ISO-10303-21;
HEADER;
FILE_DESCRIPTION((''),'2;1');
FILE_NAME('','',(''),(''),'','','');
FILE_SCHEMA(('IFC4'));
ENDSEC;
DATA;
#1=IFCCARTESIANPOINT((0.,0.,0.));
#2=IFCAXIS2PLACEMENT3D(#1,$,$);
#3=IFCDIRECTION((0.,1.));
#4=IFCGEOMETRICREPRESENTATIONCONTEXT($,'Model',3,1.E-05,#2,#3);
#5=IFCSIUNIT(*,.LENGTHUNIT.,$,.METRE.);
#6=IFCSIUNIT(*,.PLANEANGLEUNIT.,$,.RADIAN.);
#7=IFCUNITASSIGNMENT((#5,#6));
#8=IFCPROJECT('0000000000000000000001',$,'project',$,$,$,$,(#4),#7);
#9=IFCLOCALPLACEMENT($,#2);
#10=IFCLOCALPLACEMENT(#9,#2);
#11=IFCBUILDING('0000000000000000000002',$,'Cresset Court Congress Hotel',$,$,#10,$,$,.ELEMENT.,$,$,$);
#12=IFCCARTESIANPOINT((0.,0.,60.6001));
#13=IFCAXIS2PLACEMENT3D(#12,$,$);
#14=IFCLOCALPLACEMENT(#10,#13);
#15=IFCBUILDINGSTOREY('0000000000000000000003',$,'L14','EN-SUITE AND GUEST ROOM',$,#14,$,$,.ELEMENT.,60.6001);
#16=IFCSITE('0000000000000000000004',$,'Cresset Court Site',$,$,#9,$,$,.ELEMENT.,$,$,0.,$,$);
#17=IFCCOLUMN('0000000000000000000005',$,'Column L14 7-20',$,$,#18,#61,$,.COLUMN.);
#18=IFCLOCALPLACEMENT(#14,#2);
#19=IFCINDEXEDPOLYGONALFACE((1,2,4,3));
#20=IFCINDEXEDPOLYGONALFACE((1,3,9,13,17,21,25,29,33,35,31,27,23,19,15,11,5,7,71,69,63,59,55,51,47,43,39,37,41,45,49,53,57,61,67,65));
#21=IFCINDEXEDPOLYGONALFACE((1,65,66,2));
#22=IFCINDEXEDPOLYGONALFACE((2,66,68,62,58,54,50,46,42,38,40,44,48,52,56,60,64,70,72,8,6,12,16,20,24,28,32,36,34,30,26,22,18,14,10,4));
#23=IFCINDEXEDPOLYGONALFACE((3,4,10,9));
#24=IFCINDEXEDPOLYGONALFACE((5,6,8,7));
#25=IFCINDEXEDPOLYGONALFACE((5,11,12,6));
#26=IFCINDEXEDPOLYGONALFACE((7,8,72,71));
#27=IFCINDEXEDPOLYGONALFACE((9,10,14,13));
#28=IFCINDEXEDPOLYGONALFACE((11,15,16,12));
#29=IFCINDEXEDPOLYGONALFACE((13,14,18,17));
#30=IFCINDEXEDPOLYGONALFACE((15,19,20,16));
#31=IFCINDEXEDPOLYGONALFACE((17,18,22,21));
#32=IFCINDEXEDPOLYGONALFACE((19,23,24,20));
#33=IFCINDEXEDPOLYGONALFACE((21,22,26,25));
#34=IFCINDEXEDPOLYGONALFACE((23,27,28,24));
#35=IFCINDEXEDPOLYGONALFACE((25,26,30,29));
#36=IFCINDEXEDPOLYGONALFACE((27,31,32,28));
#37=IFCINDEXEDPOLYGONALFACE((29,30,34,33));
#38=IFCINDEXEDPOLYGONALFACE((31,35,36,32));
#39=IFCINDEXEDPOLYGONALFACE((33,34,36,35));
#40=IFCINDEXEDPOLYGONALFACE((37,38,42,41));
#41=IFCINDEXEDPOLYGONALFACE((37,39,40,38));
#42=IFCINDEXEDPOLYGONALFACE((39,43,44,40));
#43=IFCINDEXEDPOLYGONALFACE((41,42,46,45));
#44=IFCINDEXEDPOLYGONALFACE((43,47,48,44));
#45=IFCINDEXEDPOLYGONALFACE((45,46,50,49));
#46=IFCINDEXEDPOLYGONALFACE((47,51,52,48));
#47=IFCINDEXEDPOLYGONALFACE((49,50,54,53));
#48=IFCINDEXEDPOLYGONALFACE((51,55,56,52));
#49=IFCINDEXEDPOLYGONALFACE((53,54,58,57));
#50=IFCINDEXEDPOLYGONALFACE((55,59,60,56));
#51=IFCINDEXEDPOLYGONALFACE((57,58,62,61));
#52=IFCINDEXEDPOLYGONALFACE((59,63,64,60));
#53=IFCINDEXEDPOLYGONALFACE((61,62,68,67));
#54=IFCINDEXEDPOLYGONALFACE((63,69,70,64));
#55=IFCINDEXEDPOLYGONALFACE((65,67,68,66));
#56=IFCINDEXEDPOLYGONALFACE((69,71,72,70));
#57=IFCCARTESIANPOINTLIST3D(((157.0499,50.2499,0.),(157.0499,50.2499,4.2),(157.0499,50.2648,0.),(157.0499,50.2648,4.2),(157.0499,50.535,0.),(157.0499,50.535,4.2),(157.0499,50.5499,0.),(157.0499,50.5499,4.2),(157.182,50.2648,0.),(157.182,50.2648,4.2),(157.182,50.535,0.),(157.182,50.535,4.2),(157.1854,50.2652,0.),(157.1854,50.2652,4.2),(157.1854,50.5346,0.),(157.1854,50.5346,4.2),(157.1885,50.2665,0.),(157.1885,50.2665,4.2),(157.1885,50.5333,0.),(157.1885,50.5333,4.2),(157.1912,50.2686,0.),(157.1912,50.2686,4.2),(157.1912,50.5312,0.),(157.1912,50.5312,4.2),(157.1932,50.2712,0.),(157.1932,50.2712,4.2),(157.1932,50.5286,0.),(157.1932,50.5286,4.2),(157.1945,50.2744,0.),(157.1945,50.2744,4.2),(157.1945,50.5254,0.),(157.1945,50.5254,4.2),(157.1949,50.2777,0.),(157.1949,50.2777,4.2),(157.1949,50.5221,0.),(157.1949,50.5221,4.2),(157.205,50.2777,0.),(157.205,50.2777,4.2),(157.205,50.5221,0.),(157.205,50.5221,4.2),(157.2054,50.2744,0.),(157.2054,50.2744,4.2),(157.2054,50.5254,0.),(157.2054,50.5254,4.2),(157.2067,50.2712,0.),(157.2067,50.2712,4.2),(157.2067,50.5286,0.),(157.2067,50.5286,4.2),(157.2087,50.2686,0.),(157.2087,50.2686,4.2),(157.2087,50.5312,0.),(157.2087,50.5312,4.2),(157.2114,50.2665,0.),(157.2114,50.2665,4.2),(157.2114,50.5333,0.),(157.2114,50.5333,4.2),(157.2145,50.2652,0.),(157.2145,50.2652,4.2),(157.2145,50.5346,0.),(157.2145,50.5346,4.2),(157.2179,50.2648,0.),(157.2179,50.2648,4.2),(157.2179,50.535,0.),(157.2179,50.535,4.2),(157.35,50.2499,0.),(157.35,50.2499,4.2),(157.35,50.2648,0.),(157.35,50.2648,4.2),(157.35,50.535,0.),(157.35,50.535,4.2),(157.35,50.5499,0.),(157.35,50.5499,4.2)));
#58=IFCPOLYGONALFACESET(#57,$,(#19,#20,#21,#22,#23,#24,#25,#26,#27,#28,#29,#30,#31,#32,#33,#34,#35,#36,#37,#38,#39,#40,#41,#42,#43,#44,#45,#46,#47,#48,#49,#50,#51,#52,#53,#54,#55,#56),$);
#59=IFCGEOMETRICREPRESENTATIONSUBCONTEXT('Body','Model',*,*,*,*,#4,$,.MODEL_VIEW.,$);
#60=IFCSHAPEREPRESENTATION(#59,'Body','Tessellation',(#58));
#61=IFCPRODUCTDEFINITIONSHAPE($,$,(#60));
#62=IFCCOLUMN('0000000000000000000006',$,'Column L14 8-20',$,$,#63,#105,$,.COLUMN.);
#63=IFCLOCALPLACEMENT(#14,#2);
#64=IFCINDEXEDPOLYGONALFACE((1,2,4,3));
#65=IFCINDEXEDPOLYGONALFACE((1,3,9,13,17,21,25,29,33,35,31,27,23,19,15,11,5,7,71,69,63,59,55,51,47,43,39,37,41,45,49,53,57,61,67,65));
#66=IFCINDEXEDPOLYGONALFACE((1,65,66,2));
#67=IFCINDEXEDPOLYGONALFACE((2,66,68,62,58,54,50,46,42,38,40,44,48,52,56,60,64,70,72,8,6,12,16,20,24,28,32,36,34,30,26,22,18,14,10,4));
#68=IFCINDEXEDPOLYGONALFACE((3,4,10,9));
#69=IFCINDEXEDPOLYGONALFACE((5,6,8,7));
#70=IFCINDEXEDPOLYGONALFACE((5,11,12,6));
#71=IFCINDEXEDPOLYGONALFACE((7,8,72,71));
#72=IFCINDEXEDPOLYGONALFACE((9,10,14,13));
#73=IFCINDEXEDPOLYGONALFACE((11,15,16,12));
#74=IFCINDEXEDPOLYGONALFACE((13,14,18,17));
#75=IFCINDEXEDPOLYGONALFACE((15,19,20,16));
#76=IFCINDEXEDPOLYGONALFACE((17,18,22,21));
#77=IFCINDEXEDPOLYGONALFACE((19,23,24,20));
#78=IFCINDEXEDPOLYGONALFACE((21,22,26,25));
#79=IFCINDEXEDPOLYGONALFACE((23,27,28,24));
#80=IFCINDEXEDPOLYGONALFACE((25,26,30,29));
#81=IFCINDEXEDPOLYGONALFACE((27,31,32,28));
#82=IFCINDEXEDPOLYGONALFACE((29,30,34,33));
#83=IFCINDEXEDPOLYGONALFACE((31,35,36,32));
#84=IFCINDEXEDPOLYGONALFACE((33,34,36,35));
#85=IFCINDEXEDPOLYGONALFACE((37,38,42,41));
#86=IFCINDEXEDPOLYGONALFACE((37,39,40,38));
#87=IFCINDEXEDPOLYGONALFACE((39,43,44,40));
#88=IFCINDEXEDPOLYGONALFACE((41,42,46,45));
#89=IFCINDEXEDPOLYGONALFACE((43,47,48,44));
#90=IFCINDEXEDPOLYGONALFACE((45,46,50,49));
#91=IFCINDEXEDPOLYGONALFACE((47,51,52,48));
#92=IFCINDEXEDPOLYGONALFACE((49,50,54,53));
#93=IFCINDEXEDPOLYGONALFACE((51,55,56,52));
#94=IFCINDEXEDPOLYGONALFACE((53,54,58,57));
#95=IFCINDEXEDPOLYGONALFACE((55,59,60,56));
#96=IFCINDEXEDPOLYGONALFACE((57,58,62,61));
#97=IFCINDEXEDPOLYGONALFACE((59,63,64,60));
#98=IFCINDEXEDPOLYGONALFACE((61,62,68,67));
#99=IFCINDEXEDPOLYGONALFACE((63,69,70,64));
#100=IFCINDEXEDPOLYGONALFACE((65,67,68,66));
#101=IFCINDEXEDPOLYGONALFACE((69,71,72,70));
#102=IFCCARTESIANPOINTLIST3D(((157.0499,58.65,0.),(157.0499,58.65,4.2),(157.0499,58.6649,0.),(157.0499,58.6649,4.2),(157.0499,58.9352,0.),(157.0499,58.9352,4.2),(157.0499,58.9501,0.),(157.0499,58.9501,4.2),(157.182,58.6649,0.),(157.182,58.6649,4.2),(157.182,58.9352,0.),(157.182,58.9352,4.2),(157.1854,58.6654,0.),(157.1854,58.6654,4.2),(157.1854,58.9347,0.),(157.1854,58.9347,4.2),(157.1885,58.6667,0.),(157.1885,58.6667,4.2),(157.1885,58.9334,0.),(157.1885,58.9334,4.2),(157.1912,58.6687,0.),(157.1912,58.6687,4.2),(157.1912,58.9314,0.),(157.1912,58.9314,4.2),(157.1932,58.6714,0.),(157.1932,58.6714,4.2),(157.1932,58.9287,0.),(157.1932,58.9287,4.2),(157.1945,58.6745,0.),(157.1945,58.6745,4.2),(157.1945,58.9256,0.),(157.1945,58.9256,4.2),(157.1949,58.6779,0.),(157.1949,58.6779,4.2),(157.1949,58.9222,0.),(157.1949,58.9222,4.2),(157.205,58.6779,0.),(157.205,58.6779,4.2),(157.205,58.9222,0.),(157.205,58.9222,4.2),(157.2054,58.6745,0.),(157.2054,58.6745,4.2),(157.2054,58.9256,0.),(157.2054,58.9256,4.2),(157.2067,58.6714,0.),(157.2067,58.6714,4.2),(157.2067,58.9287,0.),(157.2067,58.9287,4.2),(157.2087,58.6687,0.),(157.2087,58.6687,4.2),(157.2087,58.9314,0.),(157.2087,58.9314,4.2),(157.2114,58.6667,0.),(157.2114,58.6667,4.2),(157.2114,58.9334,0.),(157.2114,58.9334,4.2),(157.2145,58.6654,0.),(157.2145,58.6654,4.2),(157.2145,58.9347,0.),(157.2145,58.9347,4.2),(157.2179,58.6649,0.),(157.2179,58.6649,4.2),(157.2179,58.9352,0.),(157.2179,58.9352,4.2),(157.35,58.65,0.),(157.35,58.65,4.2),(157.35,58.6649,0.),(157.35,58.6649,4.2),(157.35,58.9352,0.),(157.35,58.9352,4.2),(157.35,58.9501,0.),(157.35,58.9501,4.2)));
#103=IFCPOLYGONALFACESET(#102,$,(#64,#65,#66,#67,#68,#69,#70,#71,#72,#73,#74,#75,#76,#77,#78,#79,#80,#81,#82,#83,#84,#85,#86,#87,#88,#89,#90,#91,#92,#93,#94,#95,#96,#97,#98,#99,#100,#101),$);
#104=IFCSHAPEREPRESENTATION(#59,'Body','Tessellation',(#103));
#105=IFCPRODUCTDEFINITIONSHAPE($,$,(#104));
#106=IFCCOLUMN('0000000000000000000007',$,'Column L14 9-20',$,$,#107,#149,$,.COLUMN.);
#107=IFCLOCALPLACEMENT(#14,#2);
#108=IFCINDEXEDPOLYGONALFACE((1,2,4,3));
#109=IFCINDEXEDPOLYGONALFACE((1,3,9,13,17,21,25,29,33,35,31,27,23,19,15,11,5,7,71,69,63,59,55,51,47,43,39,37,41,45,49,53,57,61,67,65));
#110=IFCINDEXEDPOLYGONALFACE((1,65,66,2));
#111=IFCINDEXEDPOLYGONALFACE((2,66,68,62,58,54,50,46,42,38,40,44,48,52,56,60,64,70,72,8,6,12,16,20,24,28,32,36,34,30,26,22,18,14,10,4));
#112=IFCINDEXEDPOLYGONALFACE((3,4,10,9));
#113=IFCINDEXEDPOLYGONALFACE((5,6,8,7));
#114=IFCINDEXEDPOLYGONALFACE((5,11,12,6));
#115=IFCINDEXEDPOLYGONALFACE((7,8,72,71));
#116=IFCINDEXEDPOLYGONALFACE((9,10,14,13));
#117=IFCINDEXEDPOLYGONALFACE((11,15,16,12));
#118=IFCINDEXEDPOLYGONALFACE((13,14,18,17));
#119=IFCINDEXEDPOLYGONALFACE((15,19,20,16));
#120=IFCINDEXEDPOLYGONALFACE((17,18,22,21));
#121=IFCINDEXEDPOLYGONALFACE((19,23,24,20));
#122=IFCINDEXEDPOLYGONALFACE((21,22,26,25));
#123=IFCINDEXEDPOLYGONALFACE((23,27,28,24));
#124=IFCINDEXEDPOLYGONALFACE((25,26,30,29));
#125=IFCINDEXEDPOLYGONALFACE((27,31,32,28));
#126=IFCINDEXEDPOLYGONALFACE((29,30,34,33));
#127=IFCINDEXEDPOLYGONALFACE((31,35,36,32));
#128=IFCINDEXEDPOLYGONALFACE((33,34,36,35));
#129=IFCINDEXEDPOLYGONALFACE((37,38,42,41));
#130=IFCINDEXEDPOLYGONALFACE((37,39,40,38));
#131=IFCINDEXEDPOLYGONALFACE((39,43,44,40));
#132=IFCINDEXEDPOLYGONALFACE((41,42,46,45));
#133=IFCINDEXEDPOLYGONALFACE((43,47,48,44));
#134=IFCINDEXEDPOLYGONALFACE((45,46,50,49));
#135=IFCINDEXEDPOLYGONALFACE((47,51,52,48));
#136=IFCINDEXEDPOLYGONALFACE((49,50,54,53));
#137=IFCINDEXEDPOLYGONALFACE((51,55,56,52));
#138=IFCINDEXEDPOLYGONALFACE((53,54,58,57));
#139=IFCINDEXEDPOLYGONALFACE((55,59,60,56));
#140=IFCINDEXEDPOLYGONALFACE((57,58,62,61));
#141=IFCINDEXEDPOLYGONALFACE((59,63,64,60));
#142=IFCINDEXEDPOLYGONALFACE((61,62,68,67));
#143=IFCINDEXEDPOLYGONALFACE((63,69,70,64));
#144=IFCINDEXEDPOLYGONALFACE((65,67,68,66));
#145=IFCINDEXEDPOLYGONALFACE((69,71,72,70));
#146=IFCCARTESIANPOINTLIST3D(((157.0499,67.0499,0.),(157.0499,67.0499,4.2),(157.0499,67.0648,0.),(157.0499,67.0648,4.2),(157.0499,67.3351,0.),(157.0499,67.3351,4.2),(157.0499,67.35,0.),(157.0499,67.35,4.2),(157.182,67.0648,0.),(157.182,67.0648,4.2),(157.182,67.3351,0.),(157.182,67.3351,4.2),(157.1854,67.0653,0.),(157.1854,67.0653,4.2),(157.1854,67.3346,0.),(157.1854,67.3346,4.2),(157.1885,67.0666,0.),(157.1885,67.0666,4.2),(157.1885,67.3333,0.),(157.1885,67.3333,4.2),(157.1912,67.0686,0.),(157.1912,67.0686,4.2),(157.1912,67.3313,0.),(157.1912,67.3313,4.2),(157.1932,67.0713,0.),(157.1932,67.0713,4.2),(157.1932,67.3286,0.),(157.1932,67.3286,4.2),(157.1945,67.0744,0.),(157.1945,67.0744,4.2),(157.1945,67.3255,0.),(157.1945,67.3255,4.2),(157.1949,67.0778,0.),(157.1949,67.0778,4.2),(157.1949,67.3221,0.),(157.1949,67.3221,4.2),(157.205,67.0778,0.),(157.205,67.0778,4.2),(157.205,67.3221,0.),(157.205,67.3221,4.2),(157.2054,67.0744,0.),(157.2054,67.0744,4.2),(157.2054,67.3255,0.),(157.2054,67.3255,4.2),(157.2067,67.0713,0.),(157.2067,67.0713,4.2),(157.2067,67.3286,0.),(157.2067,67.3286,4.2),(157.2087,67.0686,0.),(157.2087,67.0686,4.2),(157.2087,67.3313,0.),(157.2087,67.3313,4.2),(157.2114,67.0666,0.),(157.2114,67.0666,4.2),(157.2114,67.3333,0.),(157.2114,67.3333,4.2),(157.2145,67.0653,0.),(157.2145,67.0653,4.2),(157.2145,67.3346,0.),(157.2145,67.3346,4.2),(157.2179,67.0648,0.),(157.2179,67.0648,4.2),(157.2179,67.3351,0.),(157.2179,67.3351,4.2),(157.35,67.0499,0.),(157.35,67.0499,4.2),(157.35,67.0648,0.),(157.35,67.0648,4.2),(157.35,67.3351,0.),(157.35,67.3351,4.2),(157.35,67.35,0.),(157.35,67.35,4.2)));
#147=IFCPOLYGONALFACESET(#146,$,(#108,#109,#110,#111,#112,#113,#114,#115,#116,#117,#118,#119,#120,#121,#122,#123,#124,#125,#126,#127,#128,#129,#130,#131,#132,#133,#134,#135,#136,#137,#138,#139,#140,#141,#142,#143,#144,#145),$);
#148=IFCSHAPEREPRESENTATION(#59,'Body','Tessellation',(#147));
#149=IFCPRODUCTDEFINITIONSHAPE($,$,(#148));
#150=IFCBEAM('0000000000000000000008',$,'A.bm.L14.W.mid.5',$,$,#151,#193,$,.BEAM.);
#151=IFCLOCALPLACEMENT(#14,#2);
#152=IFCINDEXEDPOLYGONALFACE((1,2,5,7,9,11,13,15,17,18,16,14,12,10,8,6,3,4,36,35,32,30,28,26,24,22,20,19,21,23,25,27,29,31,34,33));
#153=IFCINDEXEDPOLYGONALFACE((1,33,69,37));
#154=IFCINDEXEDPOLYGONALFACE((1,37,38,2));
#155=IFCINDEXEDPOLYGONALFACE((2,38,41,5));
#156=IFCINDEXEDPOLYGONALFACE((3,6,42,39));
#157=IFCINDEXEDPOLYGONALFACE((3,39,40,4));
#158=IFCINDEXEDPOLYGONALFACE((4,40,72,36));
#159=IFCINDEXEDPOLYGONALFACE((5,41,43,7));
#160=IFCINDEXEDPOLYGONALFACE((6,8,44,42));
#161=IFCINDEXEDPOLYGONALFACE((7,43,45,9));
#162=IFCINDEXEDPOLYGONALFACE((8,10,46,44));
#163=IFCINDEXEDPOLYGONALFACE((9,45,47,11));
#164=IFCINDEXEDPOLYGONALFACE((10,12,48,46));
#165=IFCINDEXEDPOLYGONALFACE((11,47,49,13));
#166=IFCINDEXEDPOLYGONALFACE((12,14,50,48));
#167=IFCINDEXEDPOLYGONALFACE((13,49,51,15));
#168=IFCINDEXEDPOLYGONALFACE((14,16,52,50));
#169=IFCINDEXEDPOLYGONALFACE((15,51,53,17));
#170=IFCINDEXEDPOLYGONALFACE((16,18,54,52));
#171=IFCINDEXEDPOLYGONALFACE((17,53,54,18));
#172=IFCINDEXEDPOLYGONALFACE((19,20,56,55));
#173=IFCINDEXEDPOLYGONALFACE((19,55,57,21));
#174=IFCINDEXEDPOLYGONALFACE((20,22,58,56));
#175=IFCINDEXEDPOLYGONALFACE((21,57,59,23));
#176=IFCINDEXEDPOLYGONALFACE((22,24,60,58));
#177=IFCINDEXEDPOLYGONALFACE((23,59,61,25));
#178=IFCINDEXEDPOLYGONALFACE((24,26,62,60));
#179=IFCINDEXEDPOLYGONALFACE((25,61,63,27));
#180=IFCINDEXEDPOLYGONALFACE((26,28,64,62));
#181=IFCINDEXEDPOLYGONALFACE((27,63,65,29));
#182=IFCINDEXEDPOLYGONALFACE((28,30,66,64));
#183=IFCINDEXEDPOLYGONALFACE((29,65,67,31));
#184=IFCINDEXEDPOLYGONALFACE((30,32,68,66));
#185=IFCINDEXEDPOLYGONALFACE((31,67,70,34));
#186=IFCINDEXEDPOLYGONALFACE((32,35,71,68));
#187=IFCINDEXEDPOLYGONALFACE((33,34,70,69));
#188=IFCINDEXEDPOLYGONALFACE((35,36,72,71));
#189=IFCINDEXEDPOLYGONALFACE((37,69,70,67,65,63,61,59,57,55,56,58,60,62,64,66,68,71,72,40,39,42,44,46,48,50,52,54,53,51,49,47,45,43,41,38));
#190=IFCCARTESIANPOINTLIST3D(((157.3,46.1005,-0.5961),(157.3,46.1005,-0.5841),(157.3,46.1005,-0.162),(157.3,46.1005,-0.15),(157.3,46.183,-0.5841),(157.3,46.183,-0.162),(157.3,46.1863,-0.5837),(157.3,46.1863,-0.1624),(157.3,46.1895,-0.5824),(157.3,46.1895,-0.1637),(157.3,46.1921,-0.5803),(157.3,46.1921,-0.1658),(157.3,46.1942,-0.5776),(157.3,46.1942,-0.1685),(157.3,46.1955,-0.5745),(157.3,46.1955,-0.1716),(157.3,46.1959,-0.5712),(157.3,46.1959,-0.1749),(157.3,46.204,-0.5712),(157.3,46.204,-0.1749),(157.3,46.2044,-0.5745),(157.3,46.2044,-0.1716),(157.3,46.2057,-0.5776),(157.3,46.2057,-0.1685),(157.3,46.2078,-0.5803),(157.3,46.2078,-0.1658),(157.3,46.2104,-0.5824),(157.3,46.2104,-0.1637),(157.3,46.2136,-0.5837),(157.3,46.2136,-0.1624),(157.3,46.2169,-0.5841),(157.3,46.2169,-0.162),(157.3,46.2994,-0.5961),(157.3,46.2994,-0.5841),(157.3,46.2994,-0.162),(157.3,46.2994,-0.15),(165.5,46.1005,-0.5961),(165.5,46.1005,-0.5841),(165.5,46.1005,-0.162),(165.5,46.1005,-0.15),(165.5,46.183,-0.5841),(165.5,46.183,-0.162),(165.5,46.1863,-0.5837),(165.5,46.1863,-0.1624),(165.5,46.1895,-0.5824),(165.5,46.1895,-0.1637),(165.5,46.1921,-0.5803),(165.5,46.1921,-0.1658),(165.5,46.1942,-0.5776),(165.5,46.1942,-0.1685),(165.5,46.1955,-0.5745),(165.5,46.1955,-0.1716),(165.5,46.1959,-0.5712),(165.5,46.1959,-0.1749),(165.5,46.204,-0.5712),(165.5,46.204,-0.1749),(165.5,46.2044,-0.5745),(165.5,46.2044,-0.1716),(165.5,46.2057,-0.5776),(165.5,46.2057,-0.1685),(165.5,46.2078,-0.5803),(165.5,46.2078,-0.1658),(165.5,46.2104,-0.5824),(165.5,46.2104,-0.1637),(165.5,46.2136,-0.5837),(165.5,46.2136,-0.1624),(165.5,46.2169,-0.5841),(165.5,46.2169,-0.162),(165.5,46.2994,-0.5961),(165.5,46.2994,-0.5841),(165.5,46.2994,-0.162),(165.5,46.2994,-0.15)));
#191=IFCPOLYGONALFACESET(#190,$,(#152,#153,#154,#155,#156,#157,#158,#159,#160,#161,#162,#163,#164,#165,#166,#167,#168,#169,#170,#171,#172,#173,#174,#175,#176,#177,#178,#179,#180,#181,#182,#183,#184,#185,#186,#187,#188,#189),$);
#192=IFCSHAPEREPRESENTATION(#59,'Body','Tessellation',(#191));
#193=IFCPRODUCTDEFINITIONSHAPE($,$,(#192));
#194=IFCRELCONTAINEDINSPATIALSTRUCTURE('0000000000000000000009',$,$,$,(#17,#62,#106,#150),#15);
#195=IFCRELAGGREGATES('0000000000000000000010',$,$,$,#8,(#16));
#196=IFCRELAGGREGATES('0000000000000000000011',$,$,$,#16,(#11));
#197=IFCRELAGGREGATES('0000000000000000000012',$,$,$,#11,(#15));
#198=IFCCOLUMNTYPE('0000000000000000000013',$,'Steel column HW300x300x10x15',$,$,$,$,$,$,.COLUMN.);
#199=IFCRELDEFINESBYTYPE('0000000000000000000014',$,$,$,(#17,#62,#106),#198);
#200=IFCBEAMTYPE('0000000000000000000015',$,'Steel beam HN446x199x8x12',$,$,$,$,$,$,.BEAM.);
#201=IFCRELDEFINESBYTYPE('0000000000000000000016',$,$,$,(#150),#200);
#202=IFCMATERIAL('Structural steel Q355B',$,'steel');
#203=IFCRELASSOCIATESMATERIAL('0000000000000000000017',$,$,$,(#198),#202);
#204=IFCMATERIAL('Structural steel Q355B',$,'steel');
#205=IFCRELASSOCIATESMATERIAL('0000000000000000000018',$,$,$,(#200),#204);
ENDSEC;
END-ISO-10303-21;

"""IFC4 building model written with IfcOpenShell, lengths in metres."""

from ifc_helpers import new_model, si_unit, direction, frame, origin, origin_2d, place, context, subcontext, project, spatial, i_section, extrude, material, material_profile, profile_set, type_object, element, save


model = new_model("IFC4")

# Units and contexts
model_context = context("Model", 3, precision=1e-05, world=origin(), true_north=direction((0.0, 1.0)))
body_context = subcontext(model_context, "Body", "Model", "MODEL_VIEW")
ifc_project = project(units=[si_unit("LENGTHUNIT", "METRE"), si_unit("PLANEANGLEUNIT", "RADIAN")], contexts=[model_context])

# Site, building, storey
site_placement = place(None, origin())
site = spatial("IfcSite", under=ifc_project, at=site_placement, Name="Cresset Court Site", CompositionType="ELEMENT", RefElevation=0.0)
building_placement = place(site_placement, origin())
building = spatial("IfcBuilding", under=site, at=building_placement, Name="Cresset Court Congress Hotel", CompositionType="ELEMENT")
storey_placement = place(building_placement, frame((0.0, 0.0, 60.6001)))
storey = spatial("IfcBuildingStorey", under=building, at=storey_placement, Name="L14", Description="EN-SUITE AND GUEST ROOM", CompositionType="ELEMENT", Elevation=60.6001)

# Columns
ifc_material_1 = material(Name="Structural steel Q355B", Category="steel")
ifc_material_profile_1 = material_profile(ifc_material_1, i_section(OverallWidth=0.3, OverallDepth=0.3, WebThickness=0.01, FlangeThickness=0.0149, FilletRadius=0.0129, at=origin_2d()), Name="HW300x300x10x15")
ifc_profile_set_1 = profile_set([ifc_material_profile_1], Name="Structural steel Q355B")
column_type = type_object("IfcColumnType", Name="Steel column HW300x300x10x15", PredefinedType="COLUMN", material=ifc_profile_set_1)
for number, where, z_axis, x_axis, name in (
    (1, (157.2, 50.3999, 0.0), (0.0, 0.0, 1.0), (1.0, 0.0, 0.0), "Column L14 7-20"),
    (2, (157.2, 58.8, 0.0), (0.0, 0.0, 1.0), (1.0, 0.0, 0.0), "Column L14 8-20"),
    (3, (157.2, 67.2, 0.0), (0.0, 0.0, 1.0), (1.0, 0.0, 0.0), "Column L14 9-20"),
):
    element("IfcColumn", number, at=place(storey_placement, frame(where, z_axis=z_axis, x_axis=x_axis)), inside=storey, type_object=column_type, Name=name, PredefinedType="COLUMN", context=body_context, shape_type="SweptSolid", body=[
        extrude(i_section(OverallWidth=0.3, OverallDepth=0.3, WebThickness=0.01, FlangeThickness=0.0149, FilletRadius=0.0129, at=origin_2d()), origin(), (0.0, 0.0, 1.0), 4.2),
    ])

# Beam
ifc_material_2 = material(Name="Structural steel Q355B", Category="steel")
ifc_material_profile_2 = material_profile(ifc_material_2, i_section(OverallWidth=0.199, OverallDepth=0.446, WebThickness=0.0081, FlangeThickness=0.012, FilletRadius=0.0129, at=origin_2d()), Name="HN446x199x8x12")
ifc_profile_set_2 = profile_set([ifc_material_profile_2], Name="Structural steel Q355B")
beam_type_1 = type_object("IfcBeamType", Name="Steel beam HN446x199x8x12", PredefinedType="BEAM", material=ifc_profile_set_2)
for number, where, z_axis, x_axis, name in (
    (4, (157.3, 46.2, -0.373), (1.0, 0.0, 0.0), (0.0, 1.0, 0.0), "A.bm.L14.W.mid.5"),
):
    element("IfcBeam", number, at=place(storey_placement, frame(where, z_axis=z_axis, x_axis=x_axis)), inside=storey, type_object=beam_type_1, Name=name, PredefinedType="BEAM", context=body_context, shape_type="SweptSolid", body=[
        extrude(i_section(OverallWidth=0.199, OverallDepth=0.446, WebThickness=0.0081, FlangeThickness=0.012, FilletRadius=0.0129, at=origin_2d()), origin(), (0.0, 0.0, 1.0), 8.2),
    ])

save(model, "model.ifc")
